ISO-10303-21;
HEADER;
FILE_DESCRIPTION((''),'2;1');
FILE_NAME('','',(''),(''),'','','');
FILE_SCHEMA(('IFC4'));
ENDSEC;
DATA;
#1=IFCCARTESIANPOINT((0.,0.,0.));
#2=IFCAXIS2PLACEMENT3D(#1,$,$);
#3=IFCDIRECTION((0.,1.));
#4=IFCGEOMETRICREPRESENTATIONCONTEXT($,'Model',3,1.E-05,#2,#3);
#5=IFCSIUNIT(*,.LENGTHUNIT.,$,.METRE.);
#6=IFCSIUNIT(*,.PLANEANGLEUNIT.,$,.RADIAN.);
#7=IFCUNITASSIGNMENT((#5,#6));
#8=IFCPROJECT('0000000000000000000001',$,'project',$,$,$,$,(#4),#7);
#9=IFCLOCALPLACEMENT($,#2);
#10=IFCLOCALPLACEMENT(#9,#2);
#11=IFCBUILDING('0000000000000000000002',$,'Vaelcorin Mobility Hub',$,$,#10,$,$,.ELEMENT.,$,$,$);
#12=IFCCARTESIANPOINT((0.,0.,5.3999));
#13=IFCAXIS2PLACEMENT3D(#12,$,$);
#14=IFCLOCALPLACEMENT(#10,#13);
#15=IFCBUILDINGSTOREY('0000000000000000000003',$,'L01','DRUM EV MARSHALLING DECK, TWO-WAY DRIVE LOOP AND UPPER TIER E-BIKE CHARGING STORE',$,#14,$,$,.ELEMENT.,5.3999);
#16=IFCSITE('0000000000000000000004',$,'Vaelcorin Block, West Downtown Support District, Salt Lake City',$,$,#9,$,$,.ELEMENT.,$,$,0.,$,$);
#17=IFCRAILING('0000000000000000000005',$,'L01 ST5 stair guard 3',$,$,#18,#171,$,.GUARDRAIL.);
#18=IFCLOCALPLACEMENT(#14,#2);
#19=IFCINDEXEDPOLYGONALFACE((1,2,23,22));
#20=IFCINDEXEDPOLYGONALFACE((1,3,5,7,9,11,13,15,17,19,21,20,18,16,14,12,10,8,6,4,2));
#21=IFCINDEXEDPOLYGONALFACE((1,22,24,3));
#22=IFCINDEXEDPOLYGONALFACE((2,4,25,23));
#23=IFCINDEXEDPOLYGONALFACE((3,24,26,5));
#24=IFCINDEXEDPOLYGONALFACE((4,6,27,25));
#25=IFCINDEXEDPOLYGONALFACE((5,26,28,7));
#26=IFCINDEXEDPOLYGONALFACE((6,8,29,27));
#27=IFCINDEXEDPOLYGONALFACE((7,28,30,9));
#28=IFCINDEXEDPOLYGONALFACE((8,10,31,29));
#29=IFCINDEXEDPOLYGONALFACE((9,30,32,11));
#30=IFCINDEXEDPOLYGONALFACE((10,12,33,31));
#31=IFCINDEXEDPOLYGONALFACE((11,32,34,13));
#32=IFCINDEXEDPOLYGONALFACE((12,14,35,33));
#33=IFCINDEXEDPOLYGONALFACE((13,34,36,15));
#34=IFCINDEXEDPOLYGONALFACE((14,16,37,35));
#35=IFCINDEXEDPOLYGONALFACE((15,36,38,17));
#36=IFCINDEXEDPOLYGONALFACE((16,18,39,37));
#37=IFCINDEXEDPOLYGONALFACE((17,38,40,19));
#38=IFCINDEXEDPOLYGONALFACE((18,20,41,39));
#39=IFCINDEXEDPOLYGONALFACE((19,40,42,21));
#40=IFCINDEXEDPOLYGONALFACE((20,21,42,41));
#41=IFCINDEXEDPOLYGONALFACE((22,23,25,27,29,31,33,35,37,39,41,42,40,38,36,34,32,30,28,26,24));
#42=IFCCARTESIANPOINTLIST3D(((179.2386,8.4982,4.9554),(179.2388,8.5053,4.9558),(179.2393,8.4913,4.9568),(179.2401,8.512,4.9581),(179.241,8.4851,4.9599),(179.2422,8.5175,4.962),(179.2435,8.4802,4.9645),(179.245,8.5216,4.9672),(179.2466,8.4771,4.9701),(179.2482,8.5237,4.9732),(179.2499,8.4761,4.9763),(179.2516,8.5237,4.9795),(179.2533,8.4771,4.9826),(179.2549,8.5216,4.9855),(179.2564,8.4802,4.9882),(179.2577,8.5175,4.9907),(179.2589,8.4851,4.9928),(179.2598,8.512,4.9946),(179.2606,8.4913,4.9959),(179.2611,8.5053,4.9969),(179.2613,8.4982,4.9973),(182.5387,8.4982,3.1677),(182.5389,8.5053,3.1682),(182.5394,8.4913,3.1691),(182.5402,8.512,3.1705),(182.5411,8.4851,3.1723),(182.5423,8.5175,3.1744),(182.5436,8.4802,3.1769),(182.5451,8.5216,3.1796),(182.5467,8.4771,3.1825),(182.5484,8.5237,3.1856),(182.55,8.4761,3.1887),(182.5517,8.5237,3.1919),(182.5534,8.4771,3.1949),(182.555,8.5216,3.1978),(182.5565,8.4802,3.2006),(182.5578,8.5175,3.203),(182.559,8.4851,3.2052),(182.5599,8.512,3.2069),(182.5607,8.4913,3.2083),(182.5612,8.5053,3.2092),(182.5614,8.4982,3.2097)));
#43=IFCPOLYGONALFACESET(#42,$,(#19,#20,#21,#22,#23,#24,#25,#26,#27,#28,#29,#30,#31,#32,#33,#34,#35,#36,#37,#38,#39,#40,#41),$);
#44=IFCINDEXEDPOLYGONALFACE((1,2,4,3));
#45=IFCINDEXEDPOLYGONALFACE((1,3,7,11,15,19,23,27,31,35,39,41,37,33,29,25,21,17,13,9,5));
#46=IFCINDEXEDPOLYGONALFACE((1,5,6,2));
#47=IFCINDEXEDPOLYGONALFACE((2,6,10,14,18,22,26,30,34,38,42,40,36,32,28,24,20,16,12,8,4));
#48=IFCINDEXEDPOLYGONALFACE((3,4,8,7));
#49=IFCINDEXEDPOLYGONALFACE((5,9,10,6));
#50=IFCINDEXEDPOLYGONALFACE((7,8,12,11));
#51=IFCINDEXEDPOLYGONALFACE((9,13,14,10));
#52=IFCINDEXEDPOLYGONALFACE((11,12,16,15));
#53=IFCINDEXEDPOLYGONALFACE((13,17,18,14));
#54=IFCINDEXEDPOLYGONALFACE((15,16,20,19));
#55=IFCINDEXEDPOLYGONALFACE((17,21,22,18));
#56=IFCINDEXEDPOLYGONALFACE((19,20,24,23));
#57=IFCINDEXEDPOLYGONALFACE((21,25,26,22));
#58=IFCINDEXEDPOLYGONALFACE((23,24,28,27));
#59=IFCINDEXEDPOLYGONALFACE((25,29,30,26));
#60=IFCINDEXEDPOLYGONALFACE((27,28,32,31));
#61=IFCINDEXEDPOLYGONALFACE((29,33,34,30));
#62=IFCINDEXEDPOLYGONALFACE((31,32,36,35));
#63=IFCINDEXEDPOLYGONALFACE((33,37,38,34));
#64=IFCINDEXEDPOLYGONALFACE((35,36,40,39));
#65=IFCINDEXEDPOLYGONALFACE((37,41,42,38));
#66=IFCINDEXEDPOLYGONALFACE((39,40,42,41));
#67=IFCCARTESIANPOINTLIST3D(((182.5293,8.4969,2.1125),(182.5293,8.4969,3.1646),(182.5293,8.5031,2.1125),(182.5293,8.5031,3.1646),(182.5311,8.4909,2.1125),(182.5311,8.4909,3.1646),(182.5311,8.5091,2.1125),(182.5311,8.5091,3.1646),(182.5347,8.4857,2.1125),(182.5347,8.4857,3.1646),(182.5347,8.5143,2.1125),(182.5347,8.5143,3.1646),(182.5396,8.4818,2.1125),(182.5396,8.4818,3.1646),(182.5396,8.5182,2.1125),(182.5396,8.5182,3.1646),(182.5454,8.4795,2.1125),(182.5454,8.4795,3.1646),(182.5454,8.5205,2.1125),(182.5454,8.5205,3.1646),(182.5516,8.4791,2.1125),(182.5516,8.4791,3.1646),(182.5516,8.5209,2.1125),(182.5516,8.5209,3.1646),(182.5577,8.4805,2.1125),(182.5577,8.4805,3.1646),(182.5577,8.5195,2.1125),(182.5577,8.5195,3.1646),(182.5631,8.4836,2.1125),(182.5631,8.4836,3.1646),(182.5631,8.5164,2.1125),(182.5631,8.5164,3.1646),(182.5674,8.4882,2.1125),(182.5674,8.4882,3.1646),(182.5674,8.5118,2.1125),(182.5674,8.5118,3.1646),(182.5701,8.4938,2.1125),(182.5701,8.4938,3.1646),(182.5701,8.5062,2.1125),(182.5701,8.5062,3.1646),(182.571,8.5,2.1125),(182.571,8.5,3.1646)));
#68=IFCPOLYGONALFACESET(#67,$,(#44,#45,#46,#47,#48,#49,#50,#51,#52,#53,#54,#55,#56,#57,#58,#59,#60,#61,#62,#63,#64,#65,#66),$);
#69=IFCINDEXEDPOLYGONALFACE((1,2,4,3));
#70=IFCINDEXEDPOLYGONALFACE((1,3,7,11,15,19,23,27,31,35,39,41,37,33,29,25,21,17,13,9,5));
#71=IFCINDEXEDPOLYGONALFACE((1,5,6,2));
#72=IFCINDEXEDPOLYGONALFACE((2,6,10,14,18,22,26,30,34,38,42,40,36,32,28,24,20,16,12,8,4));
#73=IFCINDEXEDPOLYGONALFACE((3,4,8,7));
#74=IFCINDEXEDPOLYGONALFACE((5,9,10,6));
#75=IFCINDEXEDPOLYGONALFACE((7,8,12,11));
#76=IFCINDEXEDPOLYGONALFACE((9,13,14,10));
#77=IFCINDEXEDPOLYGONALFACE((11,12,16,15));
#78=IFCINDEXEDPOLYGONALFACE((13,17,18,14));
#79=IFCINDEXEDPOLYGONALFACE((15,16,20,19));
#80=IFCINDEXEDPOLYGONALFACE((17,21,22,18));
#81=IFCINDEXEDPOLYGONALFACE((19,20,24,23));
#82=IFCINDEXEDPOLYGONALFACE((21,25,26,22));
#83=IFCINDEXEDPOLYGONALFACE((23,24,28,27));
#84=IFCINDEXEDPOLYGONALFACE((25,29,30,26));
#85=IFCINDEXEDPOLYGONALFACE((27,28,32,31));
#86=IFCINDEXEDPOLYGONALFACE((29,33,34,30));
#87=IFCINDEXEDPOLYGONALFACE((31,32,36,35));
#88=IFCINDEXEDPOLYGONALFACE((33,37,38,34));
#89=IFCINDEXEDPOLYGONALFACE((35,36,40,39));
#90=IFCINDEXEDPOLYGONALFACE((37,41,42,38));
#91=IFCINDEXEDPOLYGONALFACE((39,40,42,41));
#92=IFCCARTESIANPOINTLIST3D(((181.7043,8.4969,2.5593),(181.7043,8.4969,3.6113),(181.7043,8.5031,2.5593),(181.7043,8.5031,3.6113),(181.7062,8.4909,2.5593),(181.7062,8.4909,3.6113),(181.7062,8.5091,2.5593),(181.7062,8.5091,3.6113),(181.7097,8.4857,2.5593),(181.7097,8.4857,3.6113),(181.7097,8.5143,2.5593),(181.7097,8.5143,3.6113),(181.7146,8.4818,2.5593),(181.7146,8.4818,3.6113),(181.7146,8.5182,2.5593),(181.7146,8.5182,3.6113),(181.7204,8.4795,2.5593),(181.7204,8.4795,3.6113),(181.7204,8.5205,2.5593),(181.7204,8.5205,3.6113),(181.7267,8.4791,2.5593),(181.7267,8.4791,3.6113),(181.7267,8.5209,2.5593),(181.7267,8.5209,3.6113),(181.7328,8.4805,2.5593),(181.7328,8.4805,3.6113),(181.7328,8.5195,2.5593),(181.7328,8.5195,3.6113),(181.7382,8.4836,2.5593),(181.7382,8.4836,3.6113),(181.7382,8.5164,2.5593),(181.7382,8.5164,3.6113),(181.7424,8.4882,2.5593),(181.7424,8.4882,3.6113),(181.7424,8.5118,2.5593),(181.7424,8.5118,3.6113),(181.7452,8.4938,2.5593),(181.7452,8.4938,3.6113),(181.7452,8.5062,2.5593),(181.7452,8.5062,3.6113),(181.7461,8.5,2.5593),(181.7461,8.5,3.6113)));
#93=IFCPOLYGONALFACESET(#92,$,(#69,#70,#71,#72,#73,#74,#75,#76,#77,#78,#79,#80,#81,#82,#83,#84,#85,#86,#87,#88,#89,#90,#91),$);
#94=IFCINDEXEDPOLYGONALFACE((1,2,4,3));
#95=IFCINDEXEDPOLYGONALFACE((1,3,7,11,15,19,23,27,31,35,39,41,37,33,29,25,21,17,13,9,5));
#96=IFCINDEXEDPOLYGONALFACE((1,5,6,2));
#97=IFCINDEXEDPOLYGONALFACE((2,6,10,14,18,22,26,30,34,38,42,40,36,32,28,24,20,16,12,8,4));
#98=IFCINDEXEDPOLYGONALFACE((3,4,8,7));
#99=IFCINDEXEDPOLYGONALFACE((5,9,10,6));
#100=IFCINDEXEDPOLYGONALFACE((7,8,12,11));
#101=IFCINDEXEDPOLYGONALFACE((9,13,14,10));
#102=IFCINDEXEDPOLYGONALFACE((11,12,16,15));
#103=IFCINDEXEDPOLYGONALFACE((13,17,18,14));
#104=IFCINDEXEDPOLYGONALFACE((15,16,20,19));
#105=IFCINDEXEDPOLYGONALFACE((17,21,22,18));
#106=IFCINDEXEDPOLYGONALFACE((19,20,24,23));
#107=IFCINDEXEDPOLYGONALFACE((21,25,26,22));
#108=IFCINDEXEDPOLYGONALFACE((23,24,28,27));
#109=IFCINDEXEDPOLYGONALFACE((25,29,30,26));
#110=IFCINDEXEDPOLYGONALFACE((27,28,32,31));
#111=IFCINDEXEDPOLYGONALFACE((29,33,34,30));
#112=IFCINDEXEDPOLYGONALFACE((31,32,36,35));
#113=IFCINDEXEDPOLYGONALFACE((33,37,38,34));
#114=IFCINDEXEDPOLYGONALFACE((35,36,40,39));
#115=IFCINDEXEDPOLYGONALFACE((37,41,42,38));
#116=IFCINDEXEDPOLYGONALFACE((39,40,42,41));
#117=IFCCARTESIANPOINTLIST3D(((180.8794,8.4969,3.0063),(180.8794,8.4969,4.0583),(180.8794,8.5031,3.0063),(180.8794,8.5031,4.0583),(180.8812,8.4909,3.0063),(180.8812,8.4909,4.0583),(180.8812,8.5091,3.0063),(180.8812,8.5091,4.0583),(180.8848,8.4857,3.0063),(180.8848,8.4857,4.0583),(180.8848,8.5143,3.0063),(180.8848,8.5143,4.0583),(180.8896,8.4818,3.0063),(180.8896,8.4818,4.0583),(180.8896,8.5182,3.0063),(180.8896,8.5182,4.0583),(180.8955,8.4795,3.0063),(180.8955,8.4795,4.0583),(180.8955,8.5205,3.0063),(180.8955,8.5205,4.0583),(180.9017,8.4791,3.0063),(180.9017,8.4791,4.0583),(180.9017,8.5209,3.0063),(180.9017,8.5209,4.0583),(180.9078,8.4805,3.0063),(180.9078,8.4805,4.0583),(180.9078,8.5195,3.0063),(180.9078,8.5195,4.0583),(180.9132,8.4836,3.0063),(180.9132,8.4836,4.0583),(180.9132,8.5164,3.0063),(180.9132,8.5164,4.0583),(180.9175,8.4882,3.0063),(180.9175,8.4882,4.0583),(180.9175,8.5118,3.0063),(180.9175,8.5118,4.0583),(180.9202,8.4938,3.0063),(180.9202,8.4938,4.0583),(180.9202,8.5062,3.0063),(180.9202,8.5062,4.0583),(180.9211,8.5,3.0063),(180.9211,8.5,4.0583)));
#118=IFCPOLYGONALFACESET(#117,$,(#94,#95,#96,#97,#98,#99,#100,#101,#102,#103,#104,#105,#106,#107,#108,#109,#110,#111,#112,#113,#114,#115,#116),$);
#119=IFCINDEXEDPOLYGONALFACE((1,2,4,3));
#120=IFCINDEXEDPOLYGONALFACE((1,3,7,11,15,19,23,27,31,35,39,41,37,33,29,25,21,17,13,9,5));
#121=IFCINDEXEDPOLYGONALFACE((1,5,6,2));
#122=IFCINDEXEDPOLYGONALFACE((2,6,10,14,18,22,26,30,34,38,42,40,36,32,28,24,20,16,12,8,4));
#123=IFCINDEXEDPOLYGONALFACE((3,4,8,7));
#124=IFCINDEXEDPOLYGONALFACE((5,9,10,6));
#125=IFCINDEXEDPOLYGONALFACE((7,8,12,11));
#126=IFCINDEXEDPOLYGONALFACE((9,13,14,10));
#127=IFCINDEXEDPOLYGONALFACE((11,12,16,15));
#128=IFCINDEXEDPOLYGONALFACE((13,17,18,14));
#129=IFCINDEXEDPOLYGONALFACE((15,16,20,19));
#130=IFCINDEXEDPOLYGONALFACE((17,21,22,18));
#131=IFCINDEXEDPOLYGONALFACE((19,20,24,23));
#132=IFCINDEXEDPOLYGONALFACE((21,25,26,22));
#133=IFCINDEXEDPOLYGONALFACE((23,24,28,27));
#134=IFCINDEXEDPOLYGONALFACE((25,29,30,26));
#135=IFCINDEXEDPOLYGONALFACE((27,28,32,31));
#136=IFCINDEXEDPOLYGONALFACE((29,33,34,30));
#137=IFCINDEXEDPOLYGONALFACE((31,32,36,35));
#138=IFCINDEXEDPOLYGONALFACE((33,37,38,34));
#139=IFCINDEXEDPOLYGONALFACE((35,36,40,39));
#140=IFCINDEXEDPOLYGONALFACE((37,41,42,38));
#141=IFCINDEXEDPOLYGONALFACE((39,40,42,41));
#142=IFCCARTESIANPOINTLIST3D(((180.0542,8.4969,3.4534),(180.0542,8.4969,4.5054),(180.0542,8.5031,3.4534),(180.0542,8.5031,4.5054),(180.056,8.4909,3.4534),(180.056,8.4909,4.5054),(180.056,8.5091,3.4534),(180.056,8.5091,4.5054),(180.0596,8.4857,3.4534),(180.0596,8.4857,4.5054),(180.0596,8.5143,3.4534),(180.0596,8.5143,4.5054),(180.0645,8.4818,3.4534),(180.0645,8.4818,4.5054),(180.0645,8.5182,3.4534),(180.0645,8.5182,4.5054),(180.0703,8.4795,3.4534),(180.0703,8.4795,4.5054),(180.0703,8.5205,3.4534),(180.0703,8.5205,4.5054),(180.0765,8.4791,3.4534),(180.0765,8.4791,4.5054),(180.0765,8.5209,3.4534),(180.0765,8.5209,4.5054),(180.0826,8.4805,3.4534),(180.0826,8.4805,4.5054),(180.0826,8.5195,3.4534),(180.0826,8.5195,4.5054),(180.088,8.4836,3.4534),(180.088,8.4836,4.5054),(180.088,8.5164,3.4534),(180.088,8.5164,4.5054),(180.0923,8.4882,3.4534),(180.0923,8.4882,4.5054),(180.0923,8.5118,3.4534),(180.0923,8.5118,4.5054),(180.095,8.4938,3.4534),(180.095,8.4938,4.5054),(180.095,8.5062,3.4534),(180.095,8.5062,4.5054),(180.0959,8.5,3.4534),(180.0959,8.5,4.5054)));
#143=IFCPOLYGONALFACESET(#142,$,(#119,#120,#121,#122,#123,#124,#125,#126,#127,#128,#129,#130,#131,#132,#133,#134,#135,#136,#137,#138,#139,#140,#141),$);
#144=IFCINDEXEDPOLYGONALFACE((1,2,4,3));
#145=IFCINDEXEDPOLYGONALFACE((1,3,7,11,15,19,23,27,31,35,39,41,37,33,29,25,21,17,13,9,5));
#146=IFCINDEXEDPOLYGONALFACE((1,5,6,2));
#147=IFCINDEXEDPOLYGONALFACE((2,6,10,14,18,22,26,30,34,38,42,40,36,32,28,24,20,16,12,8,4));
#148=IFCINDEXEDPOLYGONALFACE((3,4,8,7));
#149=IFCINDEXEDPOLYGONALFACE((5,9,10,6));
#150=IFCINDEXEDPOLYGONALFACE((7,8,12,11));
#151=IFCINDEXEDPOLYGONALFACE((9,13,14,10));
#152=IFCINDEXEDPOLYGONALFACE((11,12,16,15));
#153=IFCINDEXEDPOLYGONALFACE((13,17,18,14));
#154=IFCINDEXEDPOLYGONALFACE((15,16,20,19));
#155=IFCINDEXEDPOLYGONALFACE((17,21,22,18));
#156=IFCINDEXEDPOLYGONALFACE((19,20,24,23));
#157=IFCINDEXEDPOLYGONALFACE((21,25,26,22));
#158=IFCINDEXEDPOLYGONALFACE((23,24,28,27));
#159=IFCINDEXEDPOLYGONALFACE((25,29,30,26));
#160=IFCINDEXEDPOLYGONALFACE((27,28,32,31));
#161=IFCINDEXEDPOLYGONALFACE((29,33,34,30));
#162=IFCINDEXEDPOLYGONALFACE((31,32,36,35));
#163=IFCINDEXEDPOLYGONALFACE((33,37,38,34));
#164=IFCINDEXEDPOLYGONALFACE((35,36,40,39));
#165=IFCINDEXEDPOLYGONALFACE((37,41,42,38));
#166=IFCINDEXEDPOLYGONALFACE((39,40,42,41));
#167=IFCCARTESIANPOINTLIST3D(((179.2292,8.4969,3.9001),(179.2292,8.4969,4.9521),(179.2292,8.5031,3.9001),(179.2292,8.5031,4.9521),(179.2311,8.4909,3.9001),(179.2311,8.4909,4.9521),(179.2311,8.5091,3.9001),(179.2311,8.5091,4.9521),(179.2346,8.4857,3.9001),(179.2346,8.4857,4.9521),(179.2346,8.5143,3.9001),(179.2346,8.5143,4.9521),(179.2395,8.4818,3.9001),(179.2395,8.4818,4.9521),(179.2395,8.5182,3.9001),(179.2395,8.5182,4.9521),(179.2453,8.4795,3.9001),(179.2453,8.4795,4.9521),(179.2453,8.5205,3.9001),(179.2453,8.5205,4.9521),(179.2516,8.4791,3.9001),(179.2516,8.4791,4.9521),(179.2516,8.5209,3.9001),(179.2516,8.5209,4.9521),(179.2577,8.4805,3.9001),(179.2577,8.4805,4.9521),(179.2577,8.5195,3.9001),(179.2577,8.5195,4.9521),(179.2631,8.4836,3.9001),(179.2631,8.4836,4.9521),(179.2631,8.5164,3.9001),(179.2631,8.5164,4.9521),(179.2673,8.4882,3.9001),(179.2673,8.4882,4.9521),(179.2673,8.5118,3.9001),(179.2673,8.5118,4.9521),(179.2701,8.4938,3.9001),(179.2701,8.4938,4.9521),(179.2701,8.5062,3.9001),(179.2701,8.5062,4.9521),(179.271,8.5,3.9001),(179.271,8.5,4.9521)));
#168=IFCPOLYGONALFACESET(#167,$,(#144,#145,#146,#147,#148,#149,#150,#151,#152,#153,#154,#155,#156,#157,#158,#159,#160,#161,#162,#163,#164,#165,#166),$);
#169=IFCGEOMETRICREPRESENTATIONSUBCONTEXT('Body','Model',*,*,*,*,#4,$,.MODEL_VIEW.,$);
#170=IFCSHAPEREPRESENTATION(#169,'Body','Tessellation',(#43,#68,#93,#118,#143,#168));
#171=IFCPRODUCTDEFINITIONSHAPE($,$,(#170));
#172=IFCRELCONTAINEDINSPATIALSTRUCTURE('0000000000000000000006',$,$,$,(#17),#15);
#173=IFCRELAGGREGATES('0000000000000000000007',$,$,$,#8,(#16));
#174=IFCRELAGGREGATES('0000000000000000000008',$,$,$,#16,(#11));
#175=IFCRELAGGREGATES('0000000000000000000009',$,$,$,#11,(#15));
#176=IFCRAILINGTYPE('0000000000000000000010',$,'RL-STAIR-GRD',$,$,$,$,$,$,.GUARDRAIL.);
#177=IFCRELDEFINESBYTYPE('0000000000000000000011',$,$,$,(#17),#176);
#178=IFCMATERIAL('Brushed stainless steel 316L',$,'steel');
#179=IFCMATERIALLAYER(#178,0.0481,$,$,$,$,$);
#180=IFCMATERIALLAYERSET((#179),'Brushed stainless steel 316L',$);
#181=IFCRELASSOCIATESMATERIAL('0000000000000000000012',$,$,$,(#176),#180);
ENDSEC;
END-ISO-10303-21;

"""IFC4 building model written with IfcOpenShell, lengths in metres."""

from ifc_helpers import new_model, si_unit, direction, frame, origin, origin_2d, place, context, subcontext, project, spatial, circle, extrude, material, layer, layer_set, type_object, element, save


model = new_model("IFC4")

# Units and contexts
model_context = context("Model", 3, precision=1e-05, world=origin(), true_north=direction((0.0, 1.0)))
body_context = subcontext(model_context, "Body", "Model", "MODEL_VIEW")
ifc_project = project(units=[si_unit("LENGTHUNIT", "METRE"), si_unit("PLANEANGLEUNIT", "RADIAN")], contexts=[model_context])

# Site, building, storey
site_placement = place(None, origin())
site = spatial("IfcSite", under=ifc_project, at=site_placement, Name="Vaelcorin Block, West Downtown Support District, Salt Lake City", CompositionType="ELEMENT", RefElevation=0.0)
building_placement = place(site_placement, origin())
building = spatial("IfcBuilding", under=site, at=building_placement, Name="Vaelcorin Mobility Hub", CompositionType="ELEMENT")
storey_placement = place(building_placement, frame((0.0, 0.0, 5.3999)))
storey = spatial("IfcBuildingStorey", under=building, at=storey_placement, Name="L01", Description="DRUM EV MARSHALLING DECK, TWO-WAY DRIVE LOOP AND UPPER TIER E-BIKE CHARGING STORE", CompositionType="ELEMENT", Elevation=5.3999)

# Railing
ifc_material_1 = material(Name="Brushed stainless steel 316L", Category="steel")
ifc_layer_1 = layer(ifc_material_1, 0.0481)
ifc_layer_set_1 = layer_set([ifc_layer_1], Name="Brushed stainless steel 316L")
railing_type_1 = type_object("IfcRailingType", Name="RL-STAIR-GRD", PredefinedType="GUARDRAIL", material=ifc_layer_set_1)
railing_1_placement = place(storey_placement, frame((182.55, 8.5, 2.1125)))
element("IfcRailing", 1, at=railing_1_placement, inside=storey, type_object=railing_type_1, Name="L01 ST5 stair guard 3", PredefinedType="GUARDRAIL", context=body_context, shape_type="SweptSolid", body=[
    extrude(circle(Radius=0.0239, at=origin_2d()), frame((0.0, 0.0, 1.0762), z_axis=(-0.879284, 0.0, 0.476298), x_axis=(0.0, -1.0, 0.0)), (0.0, 0.0, 1.0), 3.7532),
    extrude(circle(Radius=0.021, at=origin_2d()), origin(), (0.0, 0.0, 1.0), 1.052),
    extrude(circle(Radius=0.021, at=origin_2d()), frame((-0.825, 0.0, 0.4468)), (0.0, 0.0, 1.0), 1.052),
    extrude(circle(Radius=0.021, at=origin_2d()), frame((-1.6499, 0.0, 0.8938)), (0.0, 0.0, 1.0), 1.052),
    extrude(circle(Radius=0.021, at=origin_2d()), frame((-2.4751, 0.0, 1.3408)), (0.0, 0.0, 1.0), 1.052),
    extrude(circle(Radius=0.021, at=origin_2d()), frame((-3.3, 0.0, 1.7876)), (0.0, 0.0, 1.0), 1.052),
])

save(model, "model.ifc")
